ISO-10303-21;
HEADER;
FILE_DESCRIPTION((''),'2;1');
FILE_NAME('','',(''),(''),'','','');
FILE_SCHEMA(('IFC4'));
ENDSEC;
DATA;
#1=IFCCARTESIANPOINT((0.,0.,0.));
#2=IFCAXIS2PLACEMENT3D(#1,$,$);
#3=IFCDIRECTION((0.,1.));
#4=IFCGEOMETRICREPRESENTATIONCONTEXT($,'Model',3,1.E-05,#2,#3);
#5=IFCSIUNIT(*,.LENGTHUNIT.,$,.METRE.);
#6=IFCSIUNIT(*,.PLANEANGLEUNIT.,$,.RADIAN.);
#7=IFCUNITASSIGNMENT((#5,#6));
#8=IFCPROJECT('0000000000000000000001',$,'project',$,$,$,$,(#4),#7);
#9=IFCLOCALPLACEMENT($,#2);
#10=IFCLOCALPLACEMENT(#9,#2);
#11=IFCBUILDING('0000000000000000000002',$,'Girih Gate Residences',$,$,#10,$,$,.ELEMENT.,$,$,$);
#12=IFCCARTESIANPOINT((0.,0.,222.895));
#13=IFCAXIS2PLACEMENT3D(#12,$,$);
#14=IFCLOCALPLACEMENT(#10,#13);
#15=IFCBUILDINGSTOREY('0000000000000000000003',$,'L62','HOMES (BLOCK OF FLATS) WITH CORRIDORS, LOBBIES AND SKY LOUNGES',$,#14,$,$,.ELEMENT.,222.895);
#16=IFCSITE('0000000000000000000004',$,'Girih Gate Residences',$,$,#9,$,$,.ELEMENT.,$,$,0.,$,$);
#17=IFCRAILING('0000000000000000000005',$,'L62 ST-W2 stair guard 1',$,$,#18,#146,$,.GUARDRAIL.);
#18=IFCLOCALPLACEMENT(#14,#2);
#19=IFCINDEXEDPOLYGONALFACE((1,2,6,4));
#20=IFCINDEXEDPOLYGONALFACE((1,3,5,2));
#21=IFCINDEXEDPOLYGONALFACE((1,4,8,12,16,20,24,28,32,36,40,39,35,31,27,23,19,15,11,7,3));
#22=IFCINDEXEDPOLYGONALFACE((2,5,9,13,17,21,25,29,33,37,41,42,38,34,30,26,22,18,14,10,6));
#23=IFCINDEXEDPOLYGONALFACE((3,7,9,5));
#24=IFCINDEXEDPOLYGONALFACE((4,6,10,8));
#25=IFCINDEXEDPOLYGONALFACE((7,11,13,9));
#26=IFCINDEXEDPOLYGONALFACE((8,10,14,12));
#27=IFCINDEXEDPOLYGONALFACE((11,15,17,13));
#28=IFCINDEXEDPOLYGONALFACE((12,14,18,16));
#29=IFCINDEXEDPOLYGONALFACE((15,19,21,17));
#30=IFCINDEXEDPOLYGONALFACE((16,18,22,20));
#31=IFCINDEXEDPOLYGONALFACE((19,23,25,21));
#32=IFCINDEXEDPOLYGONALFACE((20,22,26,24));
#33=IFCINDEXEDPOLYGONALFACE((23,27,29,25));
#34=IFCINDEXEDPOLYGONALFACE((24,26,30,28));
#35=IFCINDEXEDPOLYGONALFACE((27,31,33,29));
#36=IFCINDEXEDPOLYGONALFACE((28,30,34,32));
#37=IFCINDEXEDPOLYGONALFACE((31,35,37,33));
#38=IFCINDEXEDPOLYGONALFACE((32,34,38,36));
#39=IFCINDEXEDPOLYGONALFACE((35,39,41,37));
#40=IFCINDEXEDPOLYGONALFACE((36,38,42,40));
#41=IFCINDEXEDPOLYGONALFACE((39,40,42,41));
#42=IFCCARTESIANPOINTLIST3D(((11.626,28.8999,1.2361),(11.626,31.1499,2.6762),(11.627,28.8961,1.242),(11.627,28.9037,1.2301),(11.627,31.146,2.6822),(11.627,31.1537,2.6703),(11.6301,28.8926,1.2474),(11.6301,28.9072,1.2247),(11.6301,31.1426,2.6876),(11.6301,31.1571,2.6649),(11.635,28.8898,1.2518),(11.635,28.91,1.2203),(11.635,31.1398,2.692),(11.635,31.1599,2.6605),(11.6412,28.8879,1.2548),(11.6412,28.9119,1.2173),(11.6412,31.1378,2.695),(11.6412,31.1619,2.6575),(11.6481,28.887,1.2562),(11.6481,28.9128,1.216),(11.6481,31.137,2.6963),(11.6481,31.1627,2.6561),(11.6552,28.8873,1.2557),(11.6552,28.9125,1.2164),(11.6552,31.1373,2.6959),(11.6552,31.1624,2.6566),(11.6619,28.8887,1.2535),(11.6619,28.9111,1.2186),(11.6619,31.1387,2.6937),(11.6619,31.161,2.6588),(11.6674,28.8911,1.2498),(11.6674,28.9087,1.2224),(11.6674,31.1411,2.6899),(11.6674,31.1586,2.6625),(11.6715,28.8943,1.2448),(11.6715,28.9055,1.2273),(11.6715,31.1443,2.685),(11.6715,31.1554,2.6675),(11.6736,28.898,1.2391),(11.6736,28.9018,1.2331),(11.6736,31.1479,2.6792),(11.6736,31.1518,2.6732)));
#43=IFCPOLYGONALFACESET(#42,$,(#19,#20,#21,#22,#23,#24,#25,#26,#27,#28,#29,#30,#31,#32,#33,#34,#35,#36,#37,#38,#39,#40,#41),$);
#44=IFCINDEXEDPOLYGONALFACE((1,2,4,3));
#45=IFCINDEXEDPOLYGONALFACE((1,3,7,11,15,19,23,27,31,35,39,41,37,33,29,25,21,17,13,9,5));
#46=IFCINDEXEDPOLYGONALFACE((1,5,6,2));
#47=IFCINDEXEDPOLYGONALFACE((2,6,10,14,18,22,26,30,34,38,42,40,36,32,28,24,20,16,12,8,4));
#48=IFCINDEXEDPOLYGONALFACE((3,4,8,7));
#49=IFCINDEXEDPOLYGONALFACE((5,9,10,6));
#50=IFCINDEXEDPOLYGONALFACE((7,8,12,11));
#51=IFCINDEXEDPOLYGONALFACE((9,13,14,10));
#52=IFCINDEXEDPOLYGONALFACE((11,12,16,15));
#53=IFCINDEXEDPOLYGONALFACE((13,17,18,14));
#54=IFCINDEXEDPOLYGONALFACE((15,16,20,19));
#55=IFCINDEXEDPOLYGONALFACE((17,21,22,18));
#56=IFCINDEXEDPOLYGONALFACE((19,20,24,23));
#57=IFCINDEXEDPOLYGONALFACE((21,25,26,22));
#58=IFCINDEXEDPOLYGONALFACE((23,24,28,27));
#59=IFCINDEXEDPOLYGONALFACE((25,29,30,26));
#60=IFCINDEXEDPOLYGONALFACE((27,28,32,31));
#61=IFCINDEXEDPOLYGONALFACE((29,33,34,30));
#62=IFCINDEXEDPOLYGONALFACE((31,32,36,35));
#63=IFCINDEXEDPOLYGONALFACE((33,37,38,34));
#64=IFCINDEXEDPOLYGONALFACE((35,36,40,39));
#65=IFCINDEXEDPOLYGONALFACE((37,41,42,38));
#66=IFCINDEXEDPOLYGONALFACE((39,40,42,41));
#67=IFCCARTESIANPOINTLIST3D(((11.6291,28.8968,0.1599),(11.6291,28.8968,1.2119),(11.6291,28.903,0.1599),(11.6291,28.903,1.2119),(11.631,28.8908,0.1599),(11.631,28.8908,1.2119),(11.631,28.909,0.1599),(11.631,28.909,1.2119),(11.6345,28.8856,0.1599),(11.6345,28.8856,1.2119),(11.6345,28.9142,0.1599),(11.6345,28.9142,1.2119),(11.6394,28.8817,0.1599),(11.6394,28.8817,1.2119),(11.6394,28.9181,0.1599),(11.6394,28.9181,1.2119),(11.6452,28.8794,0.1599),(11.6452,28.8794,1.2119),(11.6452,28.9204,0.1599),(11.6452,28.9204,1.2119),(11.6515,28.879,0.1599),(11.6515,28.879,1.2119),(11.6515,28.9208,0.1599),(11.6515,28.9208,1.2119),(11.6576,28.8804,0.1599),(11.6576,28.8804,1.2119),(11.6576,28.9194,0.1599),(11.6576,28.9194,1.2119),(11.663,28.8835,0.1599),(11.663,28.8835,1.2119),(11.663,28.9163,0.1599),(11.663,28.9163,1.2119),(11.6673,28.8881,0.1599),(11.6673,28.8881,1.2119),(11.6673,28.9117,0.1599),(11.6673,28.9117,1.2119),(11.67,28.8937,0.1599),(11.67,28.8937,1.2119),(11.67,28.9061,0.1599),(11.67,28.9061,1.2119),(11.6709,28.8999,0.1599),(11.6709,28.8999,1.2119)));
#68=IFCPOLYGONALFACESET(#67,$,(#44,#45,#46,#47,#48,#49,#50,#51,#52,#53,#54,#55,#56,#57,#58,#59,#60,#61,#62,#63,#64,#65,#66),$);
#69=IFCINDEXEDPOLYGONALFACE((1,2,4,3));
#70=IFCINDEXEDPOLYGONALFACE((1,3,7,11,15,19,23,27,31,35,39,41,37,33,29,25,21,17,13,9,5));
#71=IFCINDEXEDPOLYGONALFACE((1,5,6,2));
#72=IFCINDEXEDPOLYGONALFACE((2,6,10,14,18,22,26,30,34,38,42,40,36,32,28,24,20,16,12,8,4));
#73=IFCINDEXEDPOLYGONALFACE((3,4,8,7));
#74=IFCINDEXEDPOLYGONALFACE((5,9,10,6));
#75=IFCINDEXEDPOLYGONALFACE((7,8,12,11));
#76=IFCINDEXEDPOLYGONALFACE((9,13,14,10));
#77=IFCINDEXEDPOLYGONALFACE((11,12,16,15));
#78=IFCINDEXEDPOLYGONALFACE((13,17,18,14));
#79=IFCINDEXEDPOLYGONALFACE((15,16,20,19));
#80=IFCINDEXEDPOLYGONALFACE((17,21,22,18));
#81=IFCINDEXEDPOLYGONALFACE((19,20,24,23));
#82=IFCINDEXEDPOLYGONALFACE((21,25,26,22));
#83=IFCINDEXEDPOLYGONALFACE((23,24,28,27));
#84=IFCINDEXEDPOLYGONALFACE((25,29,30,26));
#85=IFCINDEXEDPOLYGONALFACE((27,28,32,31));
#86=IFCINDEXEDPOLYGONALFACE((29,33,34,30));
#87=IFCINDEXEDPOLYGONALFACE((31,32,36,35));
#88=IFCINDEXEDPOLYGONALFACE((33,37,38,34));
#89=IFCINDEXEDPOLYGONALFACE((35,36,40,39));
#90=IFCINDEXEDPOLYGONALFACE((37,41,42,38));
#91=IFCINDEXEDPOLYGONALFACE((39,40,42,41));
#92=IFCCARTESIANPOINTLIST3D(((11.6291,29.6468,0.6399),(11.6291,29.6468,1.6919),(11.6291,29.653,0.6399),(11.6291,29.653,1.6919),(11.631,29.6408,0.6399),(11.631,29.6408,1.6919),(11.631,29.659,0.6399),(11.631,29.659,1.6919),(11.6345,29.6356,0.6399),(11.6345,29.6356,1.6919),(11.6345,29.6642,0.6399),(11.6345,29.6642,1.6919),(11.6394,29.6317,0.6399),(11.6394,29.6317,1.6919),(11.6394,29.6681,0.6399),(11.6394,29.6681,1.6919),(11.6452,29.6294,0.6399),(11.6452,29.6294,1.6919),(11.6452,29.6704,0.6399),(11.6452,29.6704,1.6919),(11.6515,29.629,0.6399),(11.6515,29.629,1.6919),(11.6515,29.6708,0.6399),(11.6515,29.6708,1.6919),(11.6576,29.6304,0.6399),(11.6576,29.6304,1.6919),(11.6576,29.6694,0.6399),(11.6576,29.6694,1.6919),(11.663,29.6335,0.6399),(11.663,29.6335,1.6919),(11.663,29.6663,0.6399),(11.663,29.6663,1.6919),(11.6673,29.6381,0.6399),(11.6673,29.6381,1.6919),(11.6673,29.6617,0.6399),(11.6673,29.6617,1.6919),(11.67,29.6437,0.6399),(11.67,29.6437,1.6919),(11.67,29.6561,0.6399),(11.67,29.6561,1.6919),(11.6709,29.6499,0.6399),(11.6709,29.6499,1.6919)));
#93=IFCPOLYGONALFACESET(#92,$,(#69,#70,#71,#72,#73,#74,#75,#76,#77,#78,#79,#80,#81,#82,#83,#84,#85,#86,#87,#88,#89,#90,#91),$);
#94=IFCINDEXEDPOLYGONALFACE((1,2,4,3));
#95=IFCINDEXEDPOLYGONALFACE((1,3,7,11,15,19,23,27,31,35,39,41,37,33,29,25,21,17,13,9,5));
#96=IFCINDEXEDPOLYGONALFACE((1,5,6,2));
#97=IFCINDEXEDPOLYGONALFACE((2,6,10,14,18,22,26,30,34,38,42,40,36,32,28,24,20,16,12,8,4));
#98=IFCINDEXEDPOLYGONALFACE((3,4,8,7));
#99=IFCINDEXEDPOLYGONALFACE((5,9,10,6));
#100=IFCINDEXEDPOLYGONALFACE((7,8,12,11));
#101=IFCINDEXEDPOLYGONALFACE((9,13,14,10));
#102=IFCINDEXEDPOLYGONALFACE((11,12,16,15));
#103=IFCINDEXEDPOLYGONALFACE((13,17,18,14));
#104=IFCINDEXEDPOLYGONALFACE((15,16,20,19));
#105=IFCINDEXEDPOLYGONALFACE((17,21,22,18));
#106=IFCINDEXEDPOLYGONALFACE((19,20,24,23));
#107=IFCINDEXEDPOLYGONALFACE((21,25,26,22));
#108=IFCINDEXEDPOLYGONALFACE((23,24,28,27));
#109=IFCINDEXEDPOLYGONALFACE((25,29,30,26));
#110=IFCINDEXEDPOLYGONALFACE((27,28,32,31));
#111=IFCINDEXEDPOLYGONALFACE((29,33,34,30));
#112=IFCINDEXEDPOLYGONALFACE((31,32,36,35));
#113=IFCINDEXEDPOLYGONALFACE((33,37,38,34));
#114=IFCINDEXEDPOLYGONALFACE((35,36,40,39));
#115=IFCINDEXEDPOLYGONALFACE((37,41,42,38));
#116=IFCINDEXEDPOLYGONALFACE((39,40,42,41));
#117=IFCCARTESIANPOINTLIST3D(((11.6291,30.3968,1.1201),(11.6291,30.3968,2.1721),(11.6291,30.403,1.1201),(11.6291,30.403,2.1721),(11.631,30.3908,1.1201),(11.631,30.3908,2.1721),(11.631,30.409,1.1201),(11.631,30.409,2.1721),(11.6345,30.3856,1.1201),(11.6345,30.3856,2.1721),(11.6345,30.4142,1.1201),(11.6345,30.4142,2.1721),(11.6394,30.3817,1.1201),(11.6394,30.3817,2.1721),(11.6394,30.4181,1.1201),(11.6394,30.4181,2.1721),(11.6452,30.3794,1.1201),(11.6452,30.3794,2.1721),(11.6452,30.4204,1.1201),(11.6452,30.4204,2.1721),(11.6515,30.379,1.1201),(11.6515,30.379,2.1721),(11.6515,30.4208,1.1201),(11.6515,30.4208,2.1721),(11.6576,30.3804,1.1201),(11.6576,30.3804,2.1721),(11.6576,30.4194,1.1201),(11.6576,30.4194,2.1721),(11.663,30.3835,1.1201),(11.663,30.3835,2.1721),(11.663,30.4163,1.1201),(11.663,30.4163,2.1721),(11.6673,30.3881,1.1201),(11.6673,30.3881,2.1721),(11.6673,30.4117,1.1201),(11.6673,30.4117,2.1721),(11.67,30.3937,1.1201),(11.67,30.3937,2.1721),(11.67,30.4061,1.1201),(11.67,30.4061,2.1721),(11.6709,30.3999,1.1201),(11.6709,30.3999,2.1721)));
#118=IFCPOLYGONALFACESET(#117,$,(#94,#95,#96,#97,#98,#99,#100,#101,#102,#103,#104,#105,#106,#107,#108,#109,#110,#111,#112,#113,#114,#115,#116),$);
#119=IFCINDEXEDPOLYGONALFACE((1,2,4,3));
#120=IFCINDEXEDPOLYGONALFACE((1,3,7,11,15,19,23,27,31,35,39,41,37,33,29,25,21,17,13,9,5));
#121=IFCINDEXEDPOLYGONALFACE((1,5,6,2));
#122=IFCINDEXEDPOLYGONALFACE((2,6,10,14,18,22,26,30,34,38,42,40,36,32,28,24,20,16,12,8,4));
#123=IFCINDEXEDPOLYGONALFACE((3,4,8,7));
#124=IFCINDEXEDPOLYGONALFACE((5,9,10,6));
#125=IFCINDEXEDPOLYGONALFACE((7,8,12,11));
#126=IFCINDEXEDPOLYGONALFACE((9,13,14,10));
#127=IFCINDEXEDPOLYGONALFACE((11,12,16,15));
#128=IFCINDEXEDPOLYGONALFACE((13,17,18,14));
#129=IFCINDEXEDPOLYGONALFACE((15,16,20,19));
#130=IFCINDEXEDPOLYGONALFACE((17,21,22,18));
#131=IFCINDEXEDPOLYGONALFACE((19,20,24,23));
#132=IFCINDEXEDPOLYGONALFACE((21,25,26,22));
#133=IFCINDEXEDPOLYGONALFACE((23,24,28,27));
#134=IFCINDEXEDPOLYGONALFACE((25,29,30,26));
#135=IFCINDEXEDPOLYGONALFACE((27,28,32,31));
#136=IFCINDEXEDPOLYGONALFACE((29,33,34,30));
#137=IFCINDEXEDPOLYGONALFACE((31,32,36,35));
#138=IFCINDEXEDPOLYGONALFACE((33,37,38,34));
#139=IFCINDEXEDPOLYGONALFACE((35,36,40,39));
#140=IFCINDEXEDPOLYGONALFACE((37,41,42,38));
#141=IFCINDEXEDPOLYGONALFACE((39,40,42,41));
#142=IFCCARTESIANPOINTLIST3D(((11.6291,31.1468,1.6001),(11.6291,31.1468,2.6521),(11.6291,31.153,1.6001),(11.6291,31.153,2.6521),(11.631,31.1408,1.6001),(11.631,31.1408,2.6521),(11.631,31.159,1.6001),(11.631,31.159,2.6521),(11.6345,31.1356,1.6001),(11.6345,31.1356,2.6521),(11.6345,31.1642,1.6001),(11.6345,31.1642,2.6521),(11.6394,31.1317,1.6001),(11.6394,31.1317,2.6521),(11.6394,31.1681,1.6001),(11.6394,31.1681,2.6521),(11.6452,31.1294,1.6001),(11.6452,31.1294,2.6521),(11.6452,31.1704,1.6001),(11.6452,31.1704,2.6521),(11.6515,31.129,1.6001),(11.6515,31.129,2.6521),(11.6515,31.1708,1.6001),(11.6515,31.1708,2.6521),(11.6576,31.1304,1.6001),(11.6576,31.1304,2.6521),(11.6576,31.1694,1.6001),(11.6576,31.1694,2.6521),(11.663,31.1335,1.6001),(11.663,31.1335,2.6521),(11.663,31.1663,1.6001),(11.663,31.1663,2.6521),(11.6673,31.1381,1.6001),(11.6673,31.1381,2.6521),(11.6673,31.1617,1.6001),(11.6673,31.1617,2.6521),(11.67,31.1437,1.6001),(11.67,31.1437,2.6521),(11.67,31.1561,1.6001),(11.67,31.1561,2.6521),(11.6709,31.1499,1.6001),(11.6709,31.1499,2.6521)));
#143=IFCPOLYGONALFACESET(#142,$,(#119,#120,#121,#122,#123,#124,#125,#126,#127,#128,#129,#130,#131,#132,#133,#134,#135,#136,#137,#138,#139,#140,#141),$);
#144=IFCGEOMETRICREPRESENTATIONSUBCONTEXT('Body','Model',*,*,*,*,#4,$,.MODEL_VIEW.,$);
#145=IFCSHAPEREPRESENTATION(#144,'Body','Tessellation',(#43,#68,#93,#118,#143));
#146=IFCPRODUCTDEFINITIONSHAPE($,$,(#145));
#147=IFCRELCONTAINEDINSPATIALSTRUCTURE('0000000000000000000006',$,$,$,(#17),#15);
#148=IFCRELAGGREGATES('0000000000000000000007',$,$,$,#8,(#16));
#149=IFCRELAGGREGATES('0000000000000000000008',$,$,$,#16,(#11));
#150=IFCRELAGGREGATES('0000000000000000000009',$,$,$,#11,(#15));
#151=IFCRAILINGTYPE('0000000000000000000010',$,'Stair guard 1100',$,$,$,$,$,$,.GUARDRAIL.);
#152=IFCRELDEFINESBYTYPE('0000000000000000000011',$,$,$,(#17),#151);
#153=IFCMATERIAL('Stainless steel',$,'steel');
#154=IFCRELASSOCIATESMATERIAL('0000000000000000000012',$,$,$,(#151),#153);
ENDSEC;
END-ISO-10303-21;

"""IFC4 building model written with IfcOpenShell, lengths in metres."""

from ifc_helpers import new_model, si_unit, direction, frame, origin, origin_2d, place, context, subcontext, project, spatial, circle, extrude, material, type_object, element, save


model = new_model("IFC4")

# Units and contexts
model_context = context("Model", 3, precision=1e-05, world=origin(), true_north=direction((0.0, 1.0)))
body_context = subcontext(model_context, "Body", "Model", "MODEL_VIEW")
ifc_project = project(units=[si_unit("LENGTHUNIT", "METRE"), si_unit("PLANEANGLEUNIT", "RADIAN")], contexts=[model_context])

# Site, building, storey
site_placement = place(None, origin())
site = spatial("IfcSite", under=ifc_project, at=site_placement, Name="Girih Gate Residences", CompositionType="ELEMENT", RefElevation=0.0)
building_placement = place(site_placement, origin())
building = spatial("IfcBuilding", under=site, at=building_placement, Name="Girih Gate Residences", CompositionType="ELEMENT")
storey_placement = place(building_placement, frame((0.0, 0.0, 222.895)))
storey = spatial("IfcBuildingStorey", under=building, at=storey_placement, Name="L62", Description="HOMES (BLOCK OF FLATS) WITH CORRIDORS, LOBBIES AND SKY LOUNGES", CompositionType="ELEMENT", Elevation=222.895)

# Railing
ifc_material_1 = material(Name="Stainless steel", Category="steel")
railing_type_1 = type_object("IfcRailingType", Name="Stair guard 1100", PredefinedType="GUARDRAIL", material=ifc_material_1)
railing_1_placement = place(storey_placement, frame((11.6499, 28.8999, 0.1599)))
element("IfcRailing", 1, at=railing_1_placement, inside=storey, type_object=railing_type_1, Name="L62 ST-W2 stair guard 1", PredefinedType="GUARDRAIL", context=body_context, shape_type="SweptSolid", body=[
    extrude(circle(Radius=0.0239, at=origin_2d()), frame((0.0, 0.0, 1.0762), z_axis=(0.0, 0.84224, 0.539103), x_axis=(-1.0, 0.0, 0.0)), (0.0, 0.0, 1.0), 2.6714),
    extrude(circle(Radius=0.021, at=origin_2d()), origin(), (0.0, 0.0, 1.0), 1.052),
    extrude(circle(Radius=0.021, at=origin_2d()), frame((0.0, 0.75, 0.48)), (0.0, 0.0, 1.0), 1.052),
    extrude(circle(Radius=0.021, at=origin_2d()), frame((0.0, 1.5, 0.9602)), (0.0, 0.0, 1.0), 1.052),
    extrude(circle(Radius=0.021, at=origin_2d()), frame((0.0, 2.25, 1.4402)), (0.0, 0.0, 1.0), 1.052),
])

save(model, "model.ifc")
